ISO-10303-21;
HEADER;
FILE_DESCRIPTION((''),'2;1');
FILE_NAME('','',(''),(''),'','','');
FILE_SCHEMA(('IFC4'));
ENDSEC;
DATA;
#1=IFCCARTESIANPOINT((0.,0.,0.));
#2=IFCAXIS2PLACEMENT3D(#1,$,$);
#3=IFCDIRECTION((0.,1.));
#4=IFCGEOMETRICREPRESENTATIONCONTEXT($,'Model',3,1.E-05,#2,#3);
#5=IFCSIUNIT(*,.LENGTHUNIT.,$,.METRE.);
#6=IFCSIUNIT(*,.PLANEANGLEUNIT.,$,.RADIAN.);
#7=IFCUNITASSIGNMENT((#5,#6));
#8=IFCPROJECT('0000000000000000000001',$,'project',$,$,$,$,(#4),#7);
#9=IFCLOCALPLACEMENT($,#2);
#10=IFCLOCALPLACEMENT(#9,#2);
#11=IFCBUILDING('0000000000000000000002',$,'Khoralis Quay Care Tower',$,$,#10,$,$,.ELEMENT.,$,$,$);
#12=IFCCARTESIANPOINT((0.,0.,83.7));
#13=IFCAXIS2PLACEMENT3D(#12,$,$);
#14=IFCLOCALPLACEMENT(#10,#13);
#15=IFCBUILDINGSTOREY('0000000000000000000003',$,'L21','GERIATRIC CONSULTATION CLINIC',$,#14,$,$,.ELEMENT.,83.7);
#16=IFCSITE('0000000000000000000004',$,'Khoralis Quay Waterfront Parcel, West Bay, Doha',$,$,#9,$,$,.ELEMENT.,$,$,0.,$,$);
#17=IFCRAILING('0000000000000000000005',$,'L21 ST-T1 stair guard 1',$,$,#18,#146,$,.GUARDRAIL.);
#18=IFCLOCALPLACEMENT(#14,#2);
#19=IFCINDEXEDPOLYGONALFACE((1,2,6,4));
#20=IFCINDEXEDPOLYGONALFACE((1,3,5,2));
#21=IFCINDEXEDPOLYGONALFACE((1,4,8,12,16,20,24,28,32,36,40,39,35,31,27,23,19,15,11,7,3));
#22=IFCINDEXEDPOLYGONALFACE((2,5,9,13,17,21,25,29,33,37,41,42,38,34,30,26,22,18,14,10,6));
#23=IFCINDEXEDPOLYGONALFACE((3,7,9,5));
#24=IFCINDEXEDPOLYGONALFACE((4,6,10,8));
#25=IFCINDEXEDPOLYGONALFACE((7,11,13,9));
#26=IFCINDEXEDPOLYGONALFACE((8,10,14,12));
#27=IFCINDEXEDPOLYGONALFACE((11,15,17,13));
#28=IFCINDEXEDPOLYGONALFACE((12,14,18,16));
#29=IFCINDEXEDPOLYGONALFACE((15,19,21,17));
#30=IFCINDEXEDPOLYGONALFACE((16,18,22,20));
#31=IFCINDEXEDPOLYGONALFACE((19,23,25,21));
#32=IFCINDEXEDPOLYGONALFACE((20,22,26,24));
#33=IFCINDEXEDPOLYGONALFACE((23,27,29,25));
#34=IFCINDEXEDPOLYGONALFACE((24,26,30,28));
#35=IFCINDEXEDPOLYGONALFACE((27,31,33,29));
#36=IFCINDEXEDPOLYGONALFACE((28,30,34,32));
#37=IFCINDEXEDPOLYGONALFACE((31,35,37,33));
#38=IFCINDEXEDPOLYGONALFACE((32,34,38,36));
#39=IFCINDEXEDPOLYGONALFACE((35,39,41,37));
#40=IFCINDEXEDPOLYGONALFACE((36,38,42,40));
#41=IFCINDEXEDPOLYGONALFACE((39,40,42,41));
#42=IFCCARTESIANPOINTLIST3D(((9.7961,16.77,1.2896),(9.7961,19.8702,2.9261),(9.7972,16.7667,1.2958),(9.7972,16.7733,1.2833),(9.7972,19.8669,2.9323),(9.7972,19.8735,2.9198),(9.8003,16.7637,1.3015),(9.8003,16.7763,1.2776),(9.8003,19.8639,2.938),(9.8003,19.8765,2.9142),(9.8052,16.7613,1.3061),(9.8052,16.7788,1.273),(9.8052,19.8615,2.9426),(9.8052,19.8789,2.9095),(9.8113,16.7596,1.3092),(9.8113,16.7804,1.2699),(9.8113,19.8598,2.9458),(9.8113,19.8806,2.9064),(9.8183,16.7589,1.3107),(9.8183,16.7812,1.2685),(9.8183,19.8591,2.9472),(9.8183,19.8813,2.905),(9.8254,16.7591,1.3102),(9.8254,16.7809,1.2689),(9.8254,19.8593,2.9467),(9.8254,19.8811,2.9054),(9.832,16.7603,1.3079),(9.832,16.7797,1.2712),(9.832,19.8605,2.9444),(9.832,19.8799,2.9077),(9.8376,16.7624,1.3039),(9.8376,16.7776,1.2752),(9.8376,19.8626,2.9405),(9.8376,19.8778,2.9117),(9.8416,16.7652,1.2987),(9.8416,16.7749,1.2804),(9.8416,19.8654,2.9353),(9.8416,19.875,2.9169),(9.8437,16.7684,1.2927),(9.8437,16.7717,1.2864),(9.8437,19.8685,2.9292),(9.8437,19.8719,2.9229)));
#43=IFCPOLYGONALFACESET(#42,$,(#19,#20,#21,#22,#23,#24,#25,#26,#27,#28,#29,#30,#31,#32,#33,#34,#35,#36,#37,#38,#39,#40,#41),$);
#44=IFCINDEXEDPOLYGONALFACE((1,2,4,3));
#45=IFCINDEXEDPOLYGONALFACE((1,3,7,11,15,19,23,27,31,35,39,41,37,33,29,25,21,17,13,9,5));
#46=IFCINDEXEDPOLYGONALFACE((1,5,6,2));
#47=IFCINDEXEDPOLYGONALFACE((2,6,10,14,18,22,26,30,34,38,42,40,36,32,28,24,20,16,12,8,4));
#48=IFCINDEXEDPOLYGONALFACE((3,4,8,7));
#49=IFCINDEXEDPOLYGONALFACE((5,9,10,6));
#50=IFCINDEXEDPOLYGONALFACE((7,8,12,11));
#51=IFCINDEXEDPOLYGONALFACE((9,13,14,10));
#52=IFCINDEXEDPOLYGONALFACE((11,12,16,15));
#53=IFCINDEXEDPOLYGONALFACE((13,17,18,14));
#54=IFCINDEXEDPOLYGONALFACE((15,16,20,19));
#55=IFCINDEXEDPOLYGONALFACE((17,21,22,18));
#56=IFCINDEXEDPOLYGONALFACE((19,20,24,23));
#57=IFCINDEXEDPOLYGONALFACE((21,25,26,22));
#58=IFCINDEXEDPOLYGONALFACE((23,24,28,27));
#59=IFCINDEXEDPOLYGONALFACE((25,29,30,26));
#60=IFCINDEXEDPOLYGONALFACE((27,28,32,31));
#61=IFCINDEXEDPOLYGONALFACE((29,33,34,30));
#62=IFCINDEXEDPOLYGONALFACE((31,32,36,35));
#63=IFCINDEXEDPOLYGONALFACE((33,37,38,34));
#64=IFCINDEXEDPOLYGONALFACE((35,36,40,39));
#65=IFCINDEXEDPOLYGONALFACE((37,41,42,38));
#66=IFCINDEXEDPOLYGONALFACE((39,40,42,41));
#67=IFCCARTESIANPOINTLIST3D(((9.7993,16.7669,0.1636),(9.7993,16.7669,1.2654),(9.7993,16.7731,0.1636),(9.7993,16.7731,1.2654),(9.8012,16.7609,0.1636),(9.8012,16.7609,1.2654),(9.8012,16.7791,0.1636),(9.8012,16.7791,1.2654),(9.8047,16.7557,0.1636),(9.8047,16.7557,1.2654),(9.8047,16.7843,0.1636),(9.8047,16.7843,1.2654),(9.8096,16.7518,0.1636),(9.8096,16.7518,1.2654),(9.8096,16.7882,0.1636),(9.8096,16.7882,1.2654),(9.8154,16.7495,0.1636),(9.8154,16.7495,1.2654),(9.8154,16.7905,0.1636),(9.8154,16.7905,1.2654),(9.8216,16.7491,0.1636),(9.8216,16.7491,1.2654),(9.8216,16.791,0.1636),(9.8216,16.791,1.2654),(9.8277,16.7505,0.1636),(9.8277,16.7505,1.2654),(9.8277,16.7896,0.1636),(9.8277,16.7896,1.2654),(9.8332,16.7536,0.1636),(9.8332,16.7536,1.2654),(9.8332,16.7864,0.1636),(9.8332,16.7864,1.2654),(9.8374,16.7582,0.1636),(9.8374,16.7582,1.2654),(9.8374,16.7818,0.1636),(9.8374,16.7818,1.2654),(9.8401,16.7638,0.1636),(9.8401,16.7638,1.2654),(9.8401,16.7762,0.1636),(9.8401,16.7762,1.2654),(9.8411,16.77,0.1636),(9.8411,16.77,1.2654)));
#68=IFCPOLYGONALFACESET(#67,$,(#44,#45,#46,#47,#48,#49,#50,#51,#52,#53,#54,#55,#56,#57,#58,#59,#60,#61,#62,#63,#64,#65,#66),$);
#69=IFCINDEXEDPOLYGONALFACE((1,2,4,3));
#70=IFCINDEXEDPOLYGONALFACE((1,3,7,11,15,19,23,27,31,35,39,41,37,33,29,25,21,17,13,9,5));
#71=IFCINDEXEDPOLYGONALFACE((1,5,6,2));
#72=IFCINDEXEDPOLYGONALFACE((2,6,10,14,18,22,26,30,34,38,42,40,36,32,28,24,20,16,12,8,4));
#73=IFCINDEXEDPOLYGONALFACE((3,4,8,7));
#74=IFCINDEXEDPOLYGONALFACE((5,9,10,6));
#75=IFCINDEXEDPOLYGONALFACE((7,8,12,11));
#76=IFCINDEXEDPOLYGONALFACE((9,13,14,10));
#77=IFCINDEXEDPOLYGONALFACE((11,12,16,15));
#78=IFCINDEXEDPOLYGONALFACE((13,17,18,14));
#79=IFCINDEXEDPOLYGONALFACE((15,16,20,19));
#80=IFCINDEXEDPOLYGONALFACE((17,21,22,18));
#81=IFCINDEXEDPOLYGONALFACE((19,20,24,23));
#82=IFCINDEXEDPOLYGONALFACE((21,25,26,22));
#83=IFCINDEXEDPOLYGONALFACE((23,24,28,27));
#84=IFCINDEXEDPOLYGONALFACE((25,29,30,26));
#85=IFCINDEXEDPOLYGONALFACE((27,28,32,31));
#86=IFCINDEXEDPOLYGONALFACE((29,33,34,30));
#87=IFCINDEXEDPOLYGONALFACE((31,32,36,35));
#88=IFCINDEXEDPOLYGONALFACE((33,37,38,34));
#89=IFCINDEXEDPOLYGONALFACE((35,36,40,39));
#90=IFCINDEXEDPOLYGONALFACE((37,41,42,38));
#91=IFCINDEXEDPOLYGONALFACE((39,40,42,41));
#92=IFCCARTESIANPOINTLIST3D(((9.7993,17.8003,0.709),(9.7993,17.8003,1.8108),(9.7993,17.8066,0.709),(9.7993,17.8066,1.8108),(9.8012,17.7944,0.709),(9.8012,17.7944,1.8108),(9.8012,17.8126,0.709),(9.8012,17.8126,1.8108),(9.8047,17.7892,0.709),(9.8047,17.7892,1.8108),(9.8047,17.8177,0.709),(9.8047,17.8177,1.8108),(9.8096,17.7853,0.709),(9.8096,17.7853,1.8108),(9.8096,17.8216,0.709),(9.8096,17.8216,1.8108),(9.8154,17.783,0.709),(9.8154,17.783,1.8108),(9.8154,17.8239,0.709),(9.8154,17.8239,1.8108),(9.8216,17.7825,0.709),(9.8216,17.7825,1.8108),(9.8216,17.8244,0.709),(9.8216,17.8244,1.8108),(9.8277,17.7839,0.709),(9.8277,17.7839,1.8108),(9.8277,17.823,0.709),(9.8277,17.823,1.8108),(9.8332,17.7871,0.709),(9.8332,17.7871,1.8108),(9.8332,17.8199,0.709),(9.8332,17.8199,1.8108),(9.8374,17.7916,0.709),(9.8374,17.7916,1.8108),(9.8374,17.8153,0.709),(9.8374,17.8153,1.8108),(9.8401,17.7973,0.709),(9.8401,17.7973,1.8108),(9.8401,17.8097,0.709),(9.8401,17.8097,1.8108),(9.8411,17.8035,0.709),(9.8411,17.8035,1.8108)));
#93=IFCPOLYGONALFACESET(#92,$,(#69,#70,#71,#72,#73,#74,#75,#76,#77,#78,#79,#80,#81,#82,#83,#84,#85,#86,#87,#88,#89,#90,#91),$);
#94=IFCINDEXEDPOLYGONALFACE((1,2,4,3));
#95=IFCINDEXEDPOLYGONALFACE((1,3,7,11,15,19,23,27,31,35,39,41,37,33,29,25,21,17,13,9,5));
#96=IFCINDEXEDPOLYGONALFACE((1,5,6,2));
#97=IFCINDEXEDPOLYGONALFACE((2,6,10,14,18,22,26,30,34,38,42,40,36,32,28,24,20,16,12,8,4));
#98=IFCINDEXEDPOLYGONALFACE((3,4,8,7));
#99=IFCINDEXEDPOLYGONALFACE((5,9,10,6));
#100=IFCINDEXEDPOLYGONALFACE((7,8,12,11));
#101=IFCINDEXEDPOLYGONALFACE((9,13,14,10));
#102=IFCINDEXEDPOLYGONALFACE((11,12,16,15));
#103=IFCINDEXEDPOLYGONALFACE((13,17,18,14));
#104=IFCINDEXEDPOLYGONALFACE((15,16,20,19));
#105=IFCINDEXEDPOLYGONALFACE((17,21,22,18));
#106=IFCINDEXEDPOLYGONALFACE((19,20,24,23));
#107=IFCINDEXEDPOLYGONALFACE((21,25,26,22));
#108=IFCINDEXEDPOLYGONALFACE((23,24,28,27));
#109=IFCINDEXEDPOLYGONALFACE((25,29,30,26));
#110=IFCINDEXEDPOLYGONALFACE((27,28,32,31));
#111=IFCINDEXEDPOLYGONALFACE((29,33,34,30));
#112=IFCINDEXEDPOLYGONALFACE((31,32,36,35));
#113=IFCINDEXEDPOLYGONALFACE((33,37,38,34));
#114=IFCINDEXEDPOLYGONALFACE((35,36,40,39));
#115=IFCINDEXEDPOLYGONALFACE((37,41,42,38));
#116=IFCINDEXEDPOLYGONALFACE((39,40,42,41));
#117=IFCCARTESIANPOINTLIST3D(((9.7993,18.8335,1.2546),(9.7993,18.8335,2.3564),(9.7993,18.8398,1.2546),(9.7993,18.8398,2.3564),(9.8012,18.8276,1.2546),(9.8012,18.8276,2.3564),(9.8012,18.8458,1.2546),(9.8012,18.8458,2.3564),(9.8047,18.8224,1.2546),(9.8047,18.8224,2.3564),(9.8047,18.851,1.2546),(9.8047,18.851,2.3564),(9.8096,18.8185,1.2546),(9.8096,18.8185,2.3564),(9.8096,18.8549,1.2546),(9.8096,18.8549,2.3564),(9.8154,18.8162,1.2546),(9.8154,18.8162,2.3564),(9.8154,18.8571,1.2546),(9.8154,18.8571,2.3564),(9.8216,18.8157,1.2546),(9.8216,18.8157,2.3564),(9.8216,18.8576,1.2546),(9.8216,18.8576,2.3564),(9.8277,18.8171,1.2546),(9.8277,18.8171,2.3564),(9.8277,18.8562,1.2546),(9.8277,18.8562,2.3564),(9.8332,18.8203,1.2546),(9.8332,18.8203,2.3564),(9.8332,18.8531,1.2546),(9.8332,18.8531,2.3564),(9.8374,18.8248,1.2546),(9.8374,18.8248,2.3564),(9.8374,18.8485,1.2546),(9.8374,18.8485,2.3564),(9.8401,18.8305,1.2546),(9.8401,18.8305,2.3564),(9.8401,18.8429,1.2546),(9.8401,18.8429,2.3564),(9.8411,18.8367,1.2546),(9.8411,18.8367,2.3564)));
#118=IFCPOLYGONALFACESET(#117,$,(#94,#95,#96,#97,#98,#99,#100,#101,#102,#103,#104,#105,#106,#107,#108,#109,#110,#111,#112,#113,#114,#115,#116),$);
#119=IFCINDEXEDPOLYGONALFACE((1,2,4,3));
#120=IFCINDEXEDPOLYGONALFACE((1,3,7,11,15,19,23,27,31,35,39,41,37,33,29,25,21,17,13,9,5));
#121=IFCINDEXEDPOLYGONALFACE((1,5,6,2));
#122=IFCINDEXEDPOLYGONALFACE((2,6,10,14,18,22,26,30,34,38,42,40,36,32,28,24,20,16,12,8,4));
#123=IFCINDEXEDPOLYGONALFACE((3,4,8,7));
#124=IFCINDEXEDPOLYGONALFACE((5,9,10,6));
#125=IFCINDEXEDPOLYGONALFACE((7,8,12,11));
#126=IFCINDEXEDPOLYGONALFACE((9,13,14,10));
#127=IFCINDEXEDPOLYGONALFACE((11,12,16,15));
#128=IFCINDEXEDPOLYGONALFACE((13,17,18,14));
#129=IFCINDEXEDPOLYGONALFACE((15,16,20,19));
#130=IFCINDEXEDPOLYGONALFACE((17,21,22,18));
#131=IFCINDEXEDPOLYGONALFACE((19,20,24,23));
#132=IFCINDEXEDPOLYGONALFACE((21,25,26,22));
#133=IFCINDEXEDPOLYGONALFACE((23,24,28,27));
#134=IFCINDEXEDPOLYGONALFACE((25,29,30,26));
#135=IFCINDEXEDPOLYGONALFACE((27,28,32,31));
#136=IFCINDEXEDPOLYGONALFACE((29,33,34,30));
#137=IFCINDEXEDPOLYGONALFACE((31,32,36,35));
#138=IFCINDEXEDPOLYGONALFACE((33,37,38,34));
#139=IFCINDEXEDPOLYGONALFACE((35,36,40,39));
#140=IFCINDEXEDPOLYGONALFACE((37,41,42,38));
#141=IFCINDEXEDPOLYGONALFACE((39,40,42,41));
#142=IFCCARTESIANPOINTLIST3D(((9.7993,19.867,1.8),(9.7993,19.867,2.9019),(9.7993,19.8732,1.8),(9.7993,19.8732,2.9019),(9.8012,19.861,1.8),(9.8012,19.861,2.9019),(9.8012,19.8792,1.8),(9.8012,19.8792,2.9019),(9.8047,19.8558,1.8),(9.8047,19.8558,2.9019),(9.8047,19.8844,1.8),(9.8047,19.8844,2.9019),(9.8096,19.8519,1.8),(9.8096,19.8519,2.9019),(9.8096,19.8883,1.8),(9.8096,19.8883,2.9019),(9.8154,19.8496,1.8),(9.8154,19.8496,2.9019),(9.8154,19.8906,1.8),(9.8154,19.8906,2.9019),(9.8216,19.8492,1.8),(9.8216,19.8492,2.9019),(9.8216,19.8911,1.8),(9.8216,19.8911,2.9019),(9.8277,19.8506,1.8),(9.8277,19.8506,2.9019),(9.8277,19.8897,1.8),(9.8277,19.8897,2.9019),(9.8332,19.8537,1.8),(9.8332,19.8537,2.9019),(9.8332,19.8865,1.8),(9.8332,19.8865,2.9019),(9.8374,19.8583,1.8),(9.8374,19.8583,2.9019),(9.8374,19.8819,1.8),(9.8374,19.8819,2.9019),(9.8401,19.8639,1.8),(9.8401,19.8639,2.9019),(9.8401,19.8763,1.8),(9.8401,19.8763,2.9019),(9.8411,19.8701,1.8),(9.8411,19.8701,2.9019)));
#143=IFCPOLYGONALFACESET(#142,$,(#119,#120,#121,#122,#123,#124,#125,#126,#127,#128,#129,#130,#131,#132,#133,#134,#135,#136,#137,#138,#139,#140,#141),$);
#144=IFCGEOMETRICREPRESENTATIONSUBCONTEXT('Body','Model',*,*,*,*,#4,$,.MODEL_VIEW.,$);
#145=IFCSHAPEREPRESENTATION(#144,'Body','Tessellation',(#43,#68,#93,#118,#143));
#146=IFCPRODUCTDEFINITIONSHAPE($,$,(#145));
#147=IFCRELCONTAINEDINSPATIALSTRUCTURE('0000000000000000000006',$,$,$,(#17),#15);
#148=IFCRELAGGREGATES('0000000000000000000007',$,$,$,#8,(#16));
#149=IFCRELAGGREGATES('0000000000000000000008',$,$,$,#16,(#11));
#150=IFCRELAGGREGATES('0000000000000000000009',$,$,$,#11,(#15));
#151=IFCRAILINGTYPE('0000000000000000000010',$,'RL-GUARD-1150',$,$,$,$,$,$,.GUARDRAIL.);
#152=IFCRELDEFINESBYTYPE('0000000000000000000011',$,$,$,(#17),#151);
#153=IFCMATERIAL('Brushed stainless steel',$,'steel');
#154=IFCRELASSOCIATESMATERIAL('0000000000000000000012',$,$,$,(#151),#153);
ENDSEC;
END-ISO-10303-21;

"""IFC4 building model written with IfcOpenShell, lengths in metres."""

from ifc_helpers import new_model, si_unit, direction, frame, origin, origin_2d, place, context, subcontext, project, spatial, circle, extrude, material, type_object, element, save


model = new_model("IFC4")

# Units and contexts
model_context = context("Model", 3, precision=1e-05, world=origin(), true_north=direction((0.0, 1.0)))
body_context = subcontext(model_context, "Body", "Model", "MODEL_VIEW")
ifc_project = project(units=[si_unit("LENGTHUNIT", "METRE"), si_unit("PLANEANGLEUNIT", "RADIAN")], contexts=[model_context])

# Site, building, storey
site_placement = place(None, origin())
site = spatial("IfcSite", under=ifc_project, at=site_placement, Name="Khoralis Quay Waterfront Parcel, West Bay, Doha", CompositionType="ELEMENT", RefElevation=0.0)
building_placement = place(site_placement, origin())
building = spatial("IfcBuilding", under=site, at=building_placement, Name="Khoralis Quay Care Tower", CompositionType="ELEMENT")
storey_placement = place(building_placement, frame((0.0, 0.0, 83.7)))
storey = spatial("IfcBuildingStorey", under=building, at=storey_placement, Name="L21", Description="GERIATRIC CONSULTATION CLINIC", CompositionType="ELEMENT", Elevation=83.7)

# Shared definitions
ifc_material_1 = material(Name="Brushed stainless steel", Category="steel")

# Railing
railing_type = type_object("IfcRailingType", Name="RL-GUARD-1150", PredefinedType="GUARDRAIL", material=ifc_material_1)
railing_1_placement = place(storey_placement, frame((9.8201, 16.77, 0.1636)))
element("IfcRailing", 1, at=railing_1_placement, inside=storey, type_object=railing_type, Name="L21 ST-T1 stair guard 1", PredefinedType="GUARDRAIL", context=body_context, shape_type="SweptSolid", body=[
    extrude(circle(Radius=0.0239, at=origin_2d()), frame((0.0, 0.0, 1.126), z_axis=(0.0, 0.884348, 0.466828), x_axis=(-1.0, 0.0, 0.0)), (0.0, 0.0, 1.0), 3.5056),
    extrude(circle(Radius=0.021, at=origin_2d()), origin(), (0.0, 0.0, 1.0), 1.1018),
    extrude(circle(Radius=0.021, at=origin_2d()), frame((0.0, 1.0334, 0.5454)), (0.0, 0.0, 1.0), 1.1018),
    extrude(circle(Radius=0.021, at=origin_2d()), frame((0.0, 2.0667, 1.0911)), (0.0, 0.0, 1.0), 1.1018),
    extrude(circle(Radius=0.021, at=origin_2d()), frame((0.0, 3.1001, 1.6365)), (0.0, 0.0, 1.0), 1.1018),
])

save(model, "model.ifc")
